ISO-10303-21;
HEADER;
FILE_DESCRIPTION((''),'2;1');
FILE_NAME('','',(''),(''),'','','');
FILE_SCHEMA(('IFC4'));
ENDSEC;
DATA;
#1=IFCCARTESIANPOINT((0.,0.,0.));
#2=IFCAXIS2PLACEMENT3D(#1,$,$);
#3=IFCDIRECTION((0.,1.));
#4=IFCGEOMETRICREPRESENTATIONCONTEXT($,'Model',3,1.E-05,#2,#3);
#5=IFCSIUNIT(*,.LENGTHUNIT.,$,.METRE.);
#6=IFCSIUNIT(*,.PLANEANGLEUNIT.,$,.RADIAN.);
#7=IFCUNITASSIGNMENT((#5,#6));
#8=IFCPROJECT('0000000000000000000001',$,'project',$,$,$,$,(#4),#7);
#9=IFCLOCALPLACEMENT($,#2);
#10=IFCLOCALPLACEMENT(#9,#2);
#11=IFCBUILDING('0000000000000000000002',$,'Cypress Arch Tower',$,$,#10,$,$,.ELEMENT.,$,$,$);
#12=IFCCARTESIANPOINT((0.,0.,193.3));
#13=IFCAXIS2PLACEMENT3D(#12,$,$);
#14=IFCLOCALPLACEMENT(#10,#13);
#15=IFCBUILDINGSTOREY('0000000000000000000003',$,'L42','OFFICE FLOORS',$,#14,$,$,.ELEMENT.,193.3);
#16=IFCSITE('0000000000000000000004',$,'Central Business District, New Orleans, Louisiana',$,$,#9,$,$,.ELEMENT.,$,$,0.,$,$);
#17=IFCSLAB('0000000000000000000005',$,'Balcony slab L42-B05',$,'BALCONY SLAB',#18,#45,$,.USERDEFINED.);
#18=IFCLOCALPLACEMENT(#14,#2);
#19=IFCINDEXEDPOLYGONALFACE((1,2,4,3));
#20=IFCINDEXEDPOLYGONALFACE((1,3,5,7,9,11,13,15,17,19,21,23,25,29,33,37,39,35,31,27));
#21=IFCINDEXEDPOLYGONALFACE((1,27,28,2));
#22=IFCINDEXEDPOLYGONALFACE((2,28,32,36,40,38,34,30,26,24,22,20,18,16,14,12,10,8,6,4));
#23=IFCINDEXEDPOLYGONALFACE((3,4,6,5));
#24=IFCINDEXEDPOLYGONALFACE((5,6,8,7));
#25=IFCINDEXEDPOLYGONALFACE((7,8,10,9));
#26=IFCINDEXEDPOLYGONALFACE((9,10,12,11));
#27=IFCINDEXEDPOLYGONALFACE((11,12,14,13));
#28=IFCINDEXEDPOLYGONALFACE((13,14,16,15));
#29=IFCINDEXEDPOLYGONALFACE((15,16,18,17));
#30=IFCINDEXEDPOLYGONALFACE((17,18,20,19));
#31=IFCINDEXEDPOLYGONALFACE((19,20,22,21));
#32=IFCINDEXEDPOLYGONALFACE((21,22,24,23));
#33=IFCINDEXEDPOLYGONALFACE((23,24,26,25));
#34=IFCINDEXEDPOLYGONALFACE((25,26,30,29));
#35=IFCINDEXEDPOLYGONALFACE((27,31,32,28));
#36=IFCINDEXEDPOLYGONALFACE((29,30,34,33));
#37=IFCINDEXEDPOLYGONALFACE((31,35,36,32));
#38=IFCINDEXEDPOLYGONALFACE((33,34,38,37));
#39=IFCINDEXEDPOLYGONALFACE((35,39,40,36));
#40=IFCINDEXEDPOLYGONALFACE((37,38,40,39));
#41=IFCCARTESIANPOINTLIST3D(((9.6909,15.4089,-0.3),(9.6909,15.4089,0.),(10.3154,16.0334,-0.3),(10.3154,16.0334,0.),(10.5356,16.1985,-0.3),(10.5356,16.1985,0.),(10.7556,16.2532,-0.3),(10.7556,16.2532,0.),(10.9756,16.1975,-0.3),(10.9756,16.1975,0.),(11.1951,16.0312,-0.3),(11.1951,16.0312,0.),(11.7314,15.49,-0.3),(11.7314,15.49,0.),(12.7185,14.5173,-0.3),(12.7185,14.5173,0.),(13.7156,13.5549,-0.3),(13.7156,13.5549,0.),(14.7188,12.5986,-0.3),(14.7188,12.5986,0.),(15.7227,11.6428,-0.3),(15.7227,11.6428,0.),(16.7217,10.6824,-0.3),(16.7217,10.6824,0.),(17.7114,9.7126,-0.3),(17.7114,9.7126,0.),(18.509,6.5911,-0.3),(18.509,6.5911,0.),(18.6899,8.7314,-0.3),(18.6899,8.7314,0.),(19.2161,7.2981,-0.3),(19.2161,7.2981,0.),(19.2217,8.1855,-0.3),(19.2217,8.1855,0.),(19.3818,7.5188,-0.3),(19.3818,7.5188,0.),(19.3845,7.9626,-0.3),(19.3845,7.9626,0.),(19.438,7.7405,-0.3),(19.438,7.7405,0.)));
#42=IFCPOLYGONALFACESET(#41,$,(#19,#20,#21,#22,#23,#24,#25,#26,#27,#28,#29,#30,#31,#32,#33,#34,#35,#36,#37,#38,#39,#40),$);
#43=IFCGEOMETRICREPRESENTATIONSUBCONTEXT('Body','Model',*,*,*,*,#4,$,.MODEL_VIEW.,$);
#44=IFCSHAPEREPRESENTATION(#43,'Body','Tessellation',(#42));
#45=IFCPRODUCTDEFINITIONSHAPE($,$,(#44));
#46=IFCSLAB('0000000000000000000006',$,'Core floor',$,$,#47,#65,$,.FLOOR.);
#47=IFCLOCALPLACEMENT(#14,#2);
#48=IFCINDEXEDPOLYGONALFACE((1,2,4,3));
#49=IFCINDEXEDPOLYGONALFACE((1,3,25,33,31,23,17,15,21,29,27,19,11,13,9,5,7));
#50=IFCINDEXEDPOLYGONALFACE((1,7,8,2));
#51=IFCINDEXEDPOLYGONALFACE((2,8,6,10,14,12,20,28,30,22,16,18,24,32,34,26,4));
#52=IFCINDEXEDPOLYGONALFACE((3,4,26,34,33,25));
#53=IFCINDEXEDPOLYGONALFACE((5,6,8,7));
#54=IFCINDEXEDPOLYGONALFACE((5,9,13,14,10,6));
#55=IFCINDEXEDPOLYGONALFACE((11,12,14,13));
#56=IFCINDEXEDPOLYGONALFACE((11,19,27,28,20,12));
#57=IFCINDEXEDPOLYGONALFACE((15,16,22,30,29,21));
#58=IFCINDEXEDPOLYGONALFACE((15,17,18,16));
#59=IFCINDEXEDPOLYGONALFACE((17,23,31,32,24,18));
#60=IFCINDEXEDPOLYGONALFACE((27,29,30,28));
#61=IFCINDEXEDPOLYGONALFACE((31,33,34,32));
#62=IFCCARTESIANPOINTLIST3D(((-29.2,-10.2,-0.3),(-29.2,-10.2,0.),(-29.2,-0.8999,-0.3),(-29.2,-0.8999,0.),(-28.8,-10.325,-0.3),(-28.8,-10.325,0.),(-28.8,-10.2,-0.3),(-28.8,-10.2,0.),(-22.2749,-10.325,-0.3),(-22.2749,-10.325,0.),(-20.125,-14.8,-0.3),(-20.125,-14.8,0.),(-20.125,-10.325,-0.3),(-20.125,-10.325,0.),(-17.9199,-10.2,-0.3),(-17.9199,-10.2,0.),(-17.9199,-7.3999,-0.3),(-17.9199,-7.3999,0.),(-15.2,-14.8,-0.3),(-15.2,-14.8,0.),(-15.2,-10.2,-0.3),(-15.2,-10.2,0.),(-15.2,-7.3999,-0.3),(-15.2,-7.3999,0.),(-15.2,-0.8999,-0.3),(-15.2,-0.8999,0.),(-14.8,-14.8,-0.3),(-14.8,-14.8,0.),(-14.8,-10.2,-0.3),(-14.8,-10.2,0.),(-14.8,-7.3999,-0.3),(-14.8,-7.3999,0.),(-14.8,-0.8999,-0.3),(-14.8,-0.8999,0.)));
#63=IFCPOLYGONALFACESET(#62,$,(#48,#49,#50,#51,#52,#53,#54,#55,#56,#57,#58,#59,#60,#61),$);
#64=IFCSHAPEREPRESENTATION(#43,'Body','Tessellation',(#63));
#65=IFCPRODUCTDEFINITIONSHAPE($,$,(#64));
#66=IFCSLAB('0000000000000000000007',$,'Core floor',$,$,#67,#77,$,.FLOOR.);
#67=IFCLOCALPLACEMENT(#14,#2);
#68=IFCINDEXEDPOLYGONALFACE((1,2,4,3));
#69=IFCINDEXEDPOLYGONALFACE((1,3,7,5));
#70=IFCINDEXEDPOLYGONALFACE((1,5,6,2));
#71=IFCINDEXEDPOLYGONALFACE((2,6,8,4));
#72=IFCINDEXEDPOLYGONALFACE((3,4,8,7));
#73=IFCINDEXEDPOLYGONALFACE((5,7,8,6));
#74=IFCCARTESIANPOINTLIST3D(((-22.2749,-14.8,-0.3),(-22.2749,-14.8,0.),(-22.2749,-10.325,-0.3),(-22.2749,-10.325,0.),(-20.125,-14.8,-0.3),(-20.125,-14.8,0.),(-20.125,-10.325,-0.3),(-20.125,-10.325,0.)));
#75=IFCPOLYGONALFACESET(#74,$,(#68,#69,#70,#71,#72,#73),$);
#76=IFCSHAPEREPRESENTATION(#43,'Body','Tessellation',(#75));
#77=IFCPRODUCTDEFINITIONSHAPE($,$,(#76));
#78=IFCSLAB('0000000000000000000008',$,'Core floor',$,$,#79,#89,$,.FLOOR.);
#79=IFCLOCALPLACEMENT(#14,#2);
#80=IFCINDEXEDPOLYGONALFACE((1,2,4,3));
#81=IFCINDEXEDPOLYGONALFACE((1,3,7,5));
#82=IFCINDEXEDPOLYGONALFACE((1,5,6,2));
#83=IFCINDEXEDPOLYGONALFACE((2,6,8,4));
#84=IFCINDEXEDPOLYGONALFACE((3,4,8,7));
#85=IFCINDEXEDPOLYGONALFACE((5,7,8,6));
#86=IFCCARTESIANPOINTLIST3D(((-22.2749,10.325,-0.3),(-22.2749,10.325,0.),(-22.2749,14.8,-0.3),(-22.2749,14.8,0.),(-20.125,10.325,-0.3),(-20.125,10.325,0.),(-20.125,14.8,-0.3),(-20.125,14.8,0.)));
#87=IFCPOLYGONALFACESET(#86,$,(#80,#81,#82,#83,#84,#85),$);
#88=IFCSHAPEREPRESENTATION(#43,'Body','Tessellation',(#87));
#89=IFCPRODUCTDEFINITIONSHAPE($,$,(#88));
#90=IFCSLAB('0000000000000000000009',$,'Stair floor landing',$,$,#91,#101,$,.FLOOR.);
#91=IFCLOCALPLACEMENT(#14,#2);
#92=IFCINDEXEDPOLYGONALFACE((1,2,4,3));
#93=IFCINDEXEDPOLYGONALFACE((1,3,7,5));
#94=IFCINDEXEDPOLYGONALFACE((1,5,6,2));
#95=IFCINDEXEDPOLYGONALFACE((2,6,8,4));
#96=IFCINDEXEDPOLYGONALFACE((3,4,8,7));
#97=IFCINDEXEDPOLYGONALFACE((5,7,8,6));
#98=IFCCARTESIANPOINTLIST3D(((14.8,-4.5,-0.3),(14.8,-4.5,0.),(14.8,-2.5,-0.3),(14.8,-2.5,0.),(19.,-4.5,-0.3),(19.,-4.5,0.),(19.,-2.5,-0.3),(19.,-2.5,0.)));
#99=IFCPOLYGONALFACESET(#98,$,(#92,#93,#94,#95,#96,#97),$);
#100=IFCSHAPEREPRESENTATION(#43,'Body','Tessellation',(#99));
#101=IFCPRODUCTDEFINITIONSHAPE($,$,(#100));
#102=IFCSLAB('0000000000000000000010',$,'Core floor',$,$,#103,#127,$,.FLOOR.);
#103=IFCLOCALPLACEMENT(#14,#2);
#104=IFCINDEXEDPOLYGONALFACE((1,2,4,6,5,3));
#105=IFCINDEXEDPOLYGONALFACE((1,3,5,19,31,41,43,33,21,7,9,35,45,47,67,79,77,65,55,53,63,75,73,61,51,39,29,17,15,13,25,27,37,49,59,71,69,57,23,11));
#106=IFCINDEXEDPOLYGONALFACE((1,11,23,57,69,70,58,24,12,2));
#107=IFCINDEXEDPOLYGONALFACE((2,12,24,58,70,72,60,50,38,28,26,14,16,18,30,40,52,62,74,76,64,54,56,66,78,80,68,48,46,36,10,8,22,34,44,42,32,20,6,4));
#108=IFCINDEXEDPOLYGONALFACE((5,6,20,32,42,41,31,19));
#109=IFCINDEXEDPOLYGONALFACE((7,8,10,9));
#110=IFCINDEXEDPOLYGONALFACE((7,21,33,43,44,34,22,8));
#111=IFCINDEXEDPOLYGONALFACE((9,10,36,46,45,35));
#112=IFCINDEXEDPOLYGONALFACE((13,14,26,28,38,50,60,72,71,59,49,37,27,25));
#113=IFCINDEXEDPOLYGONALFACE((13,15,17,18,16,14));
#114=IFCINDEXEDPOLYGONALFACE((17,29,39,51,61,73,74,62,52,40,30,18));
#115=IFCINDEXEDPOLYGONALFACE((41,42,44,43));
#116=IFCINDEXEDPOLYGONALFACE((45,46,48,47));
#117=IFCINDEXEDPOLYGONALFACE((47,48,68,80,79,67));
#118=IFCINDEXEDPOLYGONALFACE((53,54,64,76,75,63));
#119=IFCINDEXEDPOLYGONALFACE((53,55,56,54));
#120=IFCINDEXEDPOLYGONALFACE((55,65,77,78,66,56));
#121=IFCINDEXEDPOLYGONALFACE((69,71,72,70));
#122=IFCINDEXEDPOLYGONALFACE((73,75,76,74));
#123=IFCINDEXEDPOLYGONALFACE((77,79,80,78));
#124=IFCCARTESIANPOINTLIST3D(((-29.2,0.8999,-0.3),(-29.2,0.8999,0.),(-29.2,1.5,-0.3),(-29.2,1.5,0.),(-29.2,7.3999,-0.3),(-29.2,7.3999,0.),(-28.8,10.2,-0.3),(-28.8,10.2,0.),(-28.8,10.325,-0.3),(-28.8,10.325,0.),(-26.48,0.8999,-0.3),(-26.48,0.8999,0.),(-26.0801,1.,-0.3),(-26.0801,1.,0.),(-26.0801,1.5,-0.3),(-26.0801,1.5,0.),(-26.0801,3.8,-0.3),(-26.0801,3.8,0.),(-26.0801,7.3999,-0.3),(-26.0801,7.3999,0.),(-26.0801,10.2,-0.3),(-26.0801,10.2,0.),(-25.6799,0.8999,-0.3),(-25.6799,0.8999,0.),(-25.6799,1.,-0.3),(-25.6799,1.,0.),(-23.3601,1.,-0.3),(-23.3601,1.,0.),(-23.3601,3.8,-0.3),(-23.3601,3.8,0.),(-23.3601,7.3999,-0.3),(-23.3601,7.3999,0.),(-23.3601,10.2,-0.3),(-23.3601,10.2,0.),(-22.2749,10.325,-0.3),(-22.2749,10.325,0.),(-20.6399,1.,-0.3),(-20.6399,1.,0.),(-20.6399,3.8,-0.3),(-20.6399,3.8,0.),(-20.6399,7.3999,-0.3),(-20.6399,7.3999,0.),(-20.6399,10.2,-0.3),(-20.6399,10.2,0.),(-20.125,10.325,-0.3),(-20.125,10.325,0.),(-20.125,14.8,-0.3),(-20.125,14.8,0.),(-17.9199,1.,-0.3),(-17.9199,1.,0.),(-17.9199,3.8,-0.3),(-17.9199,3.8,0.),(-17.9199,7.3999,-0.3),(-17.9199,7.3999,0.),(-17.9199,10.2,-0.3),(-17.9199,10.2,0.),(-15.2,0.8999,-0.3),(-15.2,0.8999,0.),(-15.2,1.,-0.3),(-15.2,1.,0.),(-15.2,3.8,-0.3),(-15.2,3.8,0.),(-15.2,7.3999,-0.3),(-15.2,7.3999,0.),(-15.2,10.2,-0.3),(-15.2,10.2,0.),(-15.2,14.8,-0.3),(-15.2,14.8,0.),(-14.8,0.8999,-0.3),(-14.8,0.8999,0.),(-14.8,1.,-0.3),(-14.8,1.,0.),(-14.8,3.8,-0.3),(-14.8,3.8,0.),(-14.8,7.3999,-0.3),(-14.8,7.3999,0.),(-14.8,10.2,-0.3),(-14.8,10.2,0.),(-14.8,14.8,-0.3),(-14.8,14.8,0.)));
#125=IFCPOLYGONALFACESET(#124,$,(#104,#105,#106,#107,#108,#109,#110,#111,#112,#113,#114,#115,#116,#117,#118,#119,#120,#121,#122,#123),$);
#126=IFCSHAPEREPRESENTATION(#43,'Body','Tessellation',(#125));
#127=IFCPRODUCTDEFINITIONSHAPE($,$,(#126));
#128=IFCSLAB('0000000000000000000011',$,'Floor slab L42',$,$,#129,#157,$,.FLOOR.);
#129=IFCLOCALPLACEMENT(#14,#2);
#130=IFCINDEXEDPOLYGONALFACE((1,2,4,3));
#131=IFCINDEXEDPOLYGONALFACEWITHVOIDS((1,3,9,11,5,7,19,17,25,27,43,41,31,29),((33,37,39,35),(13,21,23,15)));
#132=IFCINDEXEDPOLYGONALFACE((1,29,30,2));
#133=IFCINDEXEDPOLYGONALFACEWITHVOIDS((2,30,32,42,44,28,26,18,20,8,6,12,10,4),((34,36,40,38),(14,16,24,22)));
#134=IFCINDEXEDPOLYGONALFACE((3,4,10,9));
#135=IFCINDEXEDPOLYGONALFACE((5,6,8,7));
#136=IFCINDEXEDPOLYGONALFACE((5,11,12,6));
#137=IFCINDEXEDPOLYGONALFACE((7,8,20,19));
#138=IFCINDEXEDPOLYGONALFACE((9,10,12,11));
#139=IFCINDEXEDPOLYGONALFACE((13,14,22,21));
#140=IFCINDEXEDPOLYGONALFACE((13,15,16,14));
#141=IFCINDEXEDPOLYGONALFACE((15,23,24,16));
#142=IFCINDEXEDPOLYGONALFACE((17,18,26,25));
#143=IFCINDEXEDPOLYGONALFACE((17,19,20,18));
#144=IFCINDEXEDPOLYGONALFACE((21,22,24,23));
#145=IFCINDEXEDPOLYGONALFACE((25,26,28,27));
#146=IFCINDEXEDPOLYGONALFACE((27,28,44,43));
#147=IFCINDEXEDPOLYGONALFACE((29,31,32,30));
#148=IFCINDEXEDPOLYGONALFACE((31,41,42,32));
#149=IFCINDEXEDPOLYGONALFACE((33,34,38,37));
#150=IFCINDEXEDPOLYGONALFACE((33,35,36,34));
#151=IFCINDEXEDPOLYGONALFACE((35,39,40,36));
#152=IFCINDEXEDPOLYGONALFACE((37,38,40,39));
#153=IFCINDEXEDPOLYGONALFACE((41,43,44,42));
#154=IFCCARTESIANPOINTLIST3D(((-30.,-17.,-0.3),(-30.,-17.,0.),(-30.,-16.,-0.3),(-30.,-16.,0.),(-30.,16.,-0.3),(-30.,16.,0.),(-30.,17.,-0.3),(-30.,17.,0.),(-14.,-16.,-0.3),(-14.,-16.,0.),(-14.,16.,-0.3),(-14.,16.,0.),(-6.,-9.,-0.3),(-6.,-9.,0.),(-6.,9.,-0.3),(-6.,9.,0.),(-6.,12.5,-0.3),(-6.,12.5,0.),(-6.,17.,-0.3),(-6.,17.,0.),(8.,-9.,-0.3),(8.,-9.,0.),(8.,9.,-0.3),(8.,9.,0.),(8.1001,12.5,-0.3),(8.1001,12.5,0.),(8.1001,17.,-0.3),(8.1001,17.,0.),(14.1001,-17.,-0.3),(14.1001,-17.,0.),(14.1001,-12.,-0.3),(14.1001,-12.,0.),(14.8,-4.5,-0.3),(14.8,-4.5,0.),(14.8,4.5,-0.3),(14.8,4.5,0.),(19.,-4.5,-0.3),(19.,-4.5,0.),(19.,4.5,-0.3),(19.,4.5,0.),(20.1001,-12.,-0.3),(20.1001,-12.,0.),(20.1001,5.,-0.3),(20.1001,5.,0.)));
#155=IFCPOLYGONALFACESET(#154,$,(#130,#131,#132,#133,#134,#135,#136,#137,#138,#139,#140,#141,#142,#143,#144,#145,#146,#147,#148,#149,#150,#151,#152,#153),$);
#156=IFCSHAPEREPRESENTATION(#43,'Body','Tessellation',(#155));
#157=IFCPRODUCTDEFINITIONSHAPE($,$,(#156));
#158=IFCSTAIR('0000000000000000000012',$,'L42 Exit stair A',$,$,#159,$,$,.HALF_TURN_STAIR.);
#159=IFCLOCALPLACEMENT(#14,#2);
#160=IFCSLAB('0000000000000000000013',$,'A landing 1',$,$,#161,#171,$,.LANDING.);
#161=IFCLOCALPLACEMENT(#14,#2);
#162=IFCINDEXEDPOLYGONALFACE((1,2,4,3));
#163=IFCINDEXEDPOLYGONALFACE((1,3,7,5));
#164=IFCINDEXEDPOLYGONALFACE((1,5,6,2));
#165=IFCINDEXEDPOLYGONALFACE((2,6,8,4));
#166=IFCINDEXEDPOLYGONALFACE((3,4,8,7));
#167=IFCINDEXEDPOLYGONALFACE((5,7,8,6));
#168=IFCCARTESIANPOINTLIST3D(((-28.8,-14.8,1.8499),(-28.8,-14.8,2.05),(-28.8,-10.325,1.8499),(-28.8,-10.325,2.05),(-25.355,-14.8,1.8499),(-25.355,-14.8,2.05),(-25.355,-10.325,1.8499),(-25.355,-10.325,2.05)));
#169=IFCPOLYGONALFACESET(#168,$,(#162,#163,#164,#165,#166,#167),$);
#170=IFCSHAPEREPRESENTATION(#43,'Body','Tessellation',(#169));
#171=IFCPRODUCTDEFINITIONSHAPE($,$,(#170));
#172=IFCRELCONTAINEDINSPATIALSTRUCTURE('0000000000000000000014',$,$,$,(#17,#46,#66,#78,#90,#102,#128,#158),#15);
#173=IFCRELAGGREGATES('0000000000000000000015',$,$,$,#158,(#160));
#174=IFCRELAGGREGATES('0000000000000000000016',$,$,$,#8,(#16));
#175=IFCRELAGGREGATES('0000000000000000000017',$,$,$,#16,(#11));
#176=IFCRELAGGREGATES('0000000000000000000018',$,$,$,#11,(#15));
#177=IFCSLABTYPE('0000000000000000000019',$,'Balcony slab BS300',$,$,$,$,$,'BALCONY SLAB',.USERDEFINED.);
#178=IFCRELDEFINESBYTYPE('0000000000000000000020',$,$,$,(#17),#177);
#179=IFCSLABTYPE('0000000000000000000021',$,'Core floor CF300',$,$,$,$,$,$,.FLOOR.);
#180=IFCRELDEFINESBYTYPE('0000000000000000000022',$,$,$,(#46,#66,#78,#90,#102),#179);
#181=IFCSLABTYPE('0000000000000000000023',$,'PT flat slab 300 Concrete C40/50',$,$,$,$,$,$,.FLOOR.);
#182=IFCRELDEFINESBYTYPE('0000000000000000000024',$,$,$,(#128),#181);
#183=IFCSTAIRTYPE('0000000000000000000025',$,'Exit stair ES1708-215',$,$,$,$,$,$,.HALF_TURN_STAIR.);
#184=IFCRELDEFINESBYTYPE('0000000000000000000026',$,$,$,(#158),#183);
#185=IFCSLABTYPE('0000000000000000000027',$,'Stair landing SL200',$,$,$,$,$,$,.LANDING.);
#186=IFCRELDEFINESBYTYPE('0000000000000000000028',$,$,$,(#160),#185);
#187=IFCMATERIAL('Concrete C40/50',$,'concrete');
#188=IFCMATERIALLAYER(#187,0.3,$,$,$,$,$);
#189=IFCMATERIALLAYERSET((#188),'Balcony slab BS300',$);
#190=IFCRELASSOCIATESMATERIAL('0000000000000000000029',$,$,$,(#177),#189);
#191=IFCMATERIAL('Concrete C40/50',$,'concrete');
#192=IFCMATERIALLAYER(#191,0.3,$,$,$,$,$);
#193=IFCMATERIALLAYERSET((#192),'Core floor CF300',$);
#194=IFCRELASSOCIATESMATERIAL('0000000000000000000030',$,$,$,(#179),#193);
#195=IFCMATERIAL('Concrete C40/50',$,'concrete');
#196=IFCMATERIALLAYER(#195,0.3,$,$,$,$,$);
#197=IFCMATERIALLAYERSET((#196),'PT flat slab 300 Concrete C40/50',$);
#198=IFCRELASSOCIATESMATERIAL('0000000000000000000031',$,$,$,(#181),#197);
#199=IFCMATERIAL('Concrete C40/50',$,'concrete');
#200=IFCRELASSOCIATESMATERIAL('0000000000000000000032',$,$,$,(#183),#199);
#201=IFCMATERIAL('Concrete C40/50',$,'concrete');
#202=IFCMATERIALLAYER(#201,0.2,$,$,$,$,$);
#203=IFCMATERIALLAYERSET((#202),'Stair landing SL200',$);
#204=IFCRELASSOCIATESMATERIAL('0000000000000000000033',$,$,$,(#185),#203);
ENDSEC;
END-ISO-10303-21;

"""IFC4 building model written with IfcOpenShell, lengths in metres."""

from ifc_helpers import new_model, si_unit, direction, frame, origin, place, context, subcontext, project, spatial, polyline, outline, extrude, material, layer, layer_set, type_object, element, aggregate, save


model = new_model("IFC4")

# Units and contexts
model_context = context("Model", 3, precision=1e-05, world=origin(), true_north=direction((0.0, 1.0)))
body_context = subcontext(model_context, "Body", "Model", "MODEL_VIEW")
ifc_project = project(units=[si_unit("LENGTHUNIT", "METRE"), si_unit("PLANEANGLEUNIT", "RADIAN")], contexts=[model_context])

# Site, building, storey
site_placement = place(None, origin())
site = spatial("IfcSite", under=ifc_project, at=site_placement, Name="Central Business District, New Orleans, Louisiana", CompositionType="ELEMENT", RefElevation=0.0)
building_placement = place(site_placement, origin())
building = spatial("IfcBuilding", under=site, at=building_placement, Name="Cypress Arch Tower", CompositionType="ELEMENT")
storey_placement = place(building_placement, frame((0.0, 0.0, 193.3)))
storey = spatial("IfcBuildingStorey", under=building, at=storey_placement, Name="L42", Description="OFFICE FLOORS", CompositionType="ELEMENT", Elevation=193.3)

# Slabs
ifc_material_1 = material(Name="Concrete C40/50", Category="concrete")
ifc_layer_1 = layer(ifc_material_1, 0.3)
ifc_layer_set_1 = layer_set([ifc_layer_1], Name="Balcony slab BS300")
slab_type_1 = type_object("IfcSlabType", Name="Balcony slab BS300", ElementType="BALCONY SLAB", PredefinedType="USERDEFINED", material=ifc_layer_set_1)
slab_1_placement = place(storey_placement, frame((0.0, 0.0, -0.3)))
element("IfcSlab", 1, at=slab_1_placement, inside=storey, type_object=slab_type_1, Name="Balcony slab L42-B05", ObjectType="BALCONY SLAB", PredefinedType="USERDEFINED", context=body_context, shape_type="SweptSolid", body=[
    extrude(outline(polyline([(18.509, 6.5911), (19.2161, 7.2981), (19.3818, 7.5188), (19.438, 7.7405), (19.3845, 7.9626), (19.2217, 8.1855), (18.6899, 8.7314), (17.7114, 9.7126), (16.7217, 10.6824), (15.7227, 11.6428), (14.7188, 12.5986), (13.7156, 13.5549), (12.7185, 14.5173), (11.7314, 15.49), (11.1951, 16.0312), (10.9756, 16.1975), (10.7556, 16.2532), (10.5356, 16.1985), (10.3154, 16.0334), (9.6909, 15.4089), (18.509, 6.5911)])), origin(), (0.0, 0.0, 1.0), 0.3),
])
ifc_material_2 = material(Name="Concrete C40/50", Category="concrete")
ifc_layer_2 = layer(ifc_material_2, 0.3)
ifc_layer_set_2 = layer_set([ifc_layer_2], Name="Core floor CF300")
slab_type_2 = type_object("IfcSlabType", Name="Core floor CF300", PredefinedType="FLOOR", material=ifc_layer_set_2)
slab_2_placement = place(storey_placement, frame((0.0, 0.0, -0.3)))
element("IfcSlab", 2, at=slab_2_placement, inside=storey, type_object=slab_type_2, Name="Core floor", PredefinedType="FLOOR", context=body_context, shape_type="SweptSolid", body=[
    extrude(outline(polyline([(-28.8, -10.2), (-29.2, -10.2), (-29.2, -0.8999), (-15.2, -0.8999), (-14.8, -0.8999), (-14.8, -7.3999), (-15.2, -7.3999), (-17.9199, -7.3999), (-17.9199, -10.2), (-15.2, -10.2), (-14.8, -10.2), (-14.8, -14.8), (-15.2, -14.8), (-20.125, -14.8), (-20.125, -10.325), (-22.2749, -10.325), (-28.8, -10.325), (-28.8, -10.2)])), origin(), (0.0, 0.0, 1.0), 0.3),
])
slab_3_placement = place(storey_placement, frame((0.0, 0.0, -0.3)))
element("IfcSlab", 3, at=slab_3_placement, inside=storey, type_object=slab_type_2, Name="Core floor", PredefinedType="FLOOR", context=body_context, shape_type="SweptSolid", body=[
    extrude(outline(polyline([(-22.2749, -10.325), (-22.2749, -14.8), (-20.125, -14.8), (-20.125, -10.325), (-22.2749, -10.325)])), origin(), (0.0, 0.0, 1.0), 0.3),
])
slab_4_placement = place(storey_placement, frame((0.0, 0.0, -0.3)))
element("IfcSlab", 4, at=slab_4_placement, inside=storey, type_object=slab_type_2, Name="Core floor", PredefinedType="FLOOR", context=body_context, shape_type="SweptSolid", body=[
    extrude(outline(polyline([(-20.125, 14.8), (-22.2749, 14.8), (-22.2749, 10.325), (-20.125, 10.325), (-20.125, 14.8)])), origin(), (0.0, 0.0, 1.0), 0.3),
])
slab_5_placement = place(storey_placement, frame((0.0, 0.0, -0.3)))
element("IfcSlab", 5, at=slab_5_placement, inside=storey, type_object=slab_type_2, Name="Stair floor landing", PredefinedType="FLOOR", context=body_context, shape_type="SweptSolid", body=[
    extrude(outline(polyline([(19.0, -4.5), (19.0, -2.5), (14.8, -2.5), (14.8, -4.5), (19.0, -4.5)])), origin(), (0.0, 0.0, 1.0), 0.3),
])
slab_6_placement = place(storey_placement, frame((0.0, 0.0, -0.3)))
element("IfcSlab", 6, at=slab_6_placement, inside=storey, type_object=slab_type_2, Name="Core floor", PredefinedType="FLOOR", context=body_context, shape_type="SweptSolid", body=[
    extrude(outline(polyline([(-20.6399, 7.3999), (-20.6399, 10.2), (-23.3601, 10.2), (-26.0801, 10.2), (-28.8, 10.2), (-28.8, 10.325), (-22.2749, 10.325), (-20.125, 10.325), (-20.125, 14.8), (-15.2, 14.8), (-14.8, 14.8), (-14.8, 10.2), (-15.2, 10.2), (-17.9199, 10.2), (-17.9199, 7.3999), (-15.2, 7.3999), (-14.8, 7.3999), (-14.8, 3.8), (-15.2, 3.8), (-17.9199, 3.8), (-20.6399, 3.8), (-23.3601, 3.8), (-26.0801, 3.8), (-26.0801, 1.5), (-26.0801, 1.5), (-26.0801, 1.0), (-25.6799, 1.0), (-23.3601, 1.0), (-20.6399, 1.0), (-17.9199, 1.0), (-15.2, 1.0), (-14.8, 1.0), (-14.8, 0.8999), (-15.2, 0.8999), (-25.6799, 0.8999), (-26.48, 0.8999), (-29.2, 0.8999), (-29.2, 1.5), (-29.2, 7.3999), (-26.0801, 7.3999), (-23.3601, 7.3999), (-20.6399, 7.3999)])), origin(), (0.0, 0.0, 1.0), 0.3),
])
ifc_material_3 = material(Name="Concrete C40/50", Category="concrete")
ifc_layer_3 = layer(ifc_material_3, 0.3)
ifc_layer_set_3 = layer_set([ifc_layer_3], Name="PT flat slab 300 Concrete C40/50")
slab_type_3 = type_object("IfcSlabType", Name="PT flat slab 300 Concrete C40/50", PredefinedType="FLOOR", material=ifc_layer_set_3)
slab_7_placement = place(storey_placement, frame((0.0, 0.0, -0.3)))
element("IfcSlab", 7, at=slab_7_placement, inside=storey, type_object=slab_type_3, Name="Floor slab L42", PredefinedType="FLOOR", context=body_context, shape_type="SweptSolid", body=[
    extrude(outline(polyline([(-30.0, 17.0), (-6.0, 17.0), (-6.0, 12.5), (8.1001, 12.5), (8.1001, 17.0), (20.1001, 5.0), (20.1001, -12.0), (14.1001, -12.0), (14.1001, -17.0), (-30.0, -17.0), (-30.0, -16.0), (-14.0, -16.0), (-14.0, 16.0), (-30.0, 16.0), (-30.0, 17.0)]), holes=[polyline([(-6.0, -9.0), (8.0, -9.0), (8.0, 9.0), (-6.0, 9.0), (-6.0, -9.0)]), polyline([(14.8, -4.5), (19.0, -4.5), (19.0, 4.5), (14.8, 4.5), (14.8, -4.5)])]), origin(), (0.0, 0.0, 1.0), 0.3),
])

# Stair, slab
ifc_material_4 = material(Name="Concrete C40/50", Category="concrete")
stair_type_1 = type_object("IfcStairType", Name="Exit stair ES1708-215", PredefinedType="HALF_TURN_STAIR", material=ifc_material_4)
stair_1_placement = place(storey_placement, origin())
stair_1 = element("IfcStair", 8, at=stair_1_placement, inside=storey, type_object=stair_type_1, Name="L42 Exit stair A", PredefinedType="HALF_TURN_STAIR")
ifc_material_5 = material(Name="Concrete C40/50", Category="concrete")
ifc_layer_4 = layer(ifc_material_5, 0.2)
ifc_layer_set_4 = layer_set([ifc_layer_4], Name="Stair landing SL200")
slab_type_4 = type_object("IfcSlabType", Name="Stair landing SL200", PredefinedType="LANDING", material=ifc_layer_set_4)
slab_8_placement = place(storey_placement, frame((0.0, 0.0, 1.8499)))
slab_8 = element("IfcSlab", 9, at=slab_8_placement, type_object=slab_type_4, Name="A landing 1", PredefinedType="LANDING", context=body_context, shape_type="SweptSolid", body=[
    extrude(outline(polyline([(-25.355, -10.325), (-28.8, -10.325), (-28.8, -14.8), (-25.355, -14.8), (-25.355, -10.325)])), origin(), (0.0, 0.0, 1.0), 0.2002),
])
aggregate(stair_1, [slab_8])

save(model, "model.ifc")
